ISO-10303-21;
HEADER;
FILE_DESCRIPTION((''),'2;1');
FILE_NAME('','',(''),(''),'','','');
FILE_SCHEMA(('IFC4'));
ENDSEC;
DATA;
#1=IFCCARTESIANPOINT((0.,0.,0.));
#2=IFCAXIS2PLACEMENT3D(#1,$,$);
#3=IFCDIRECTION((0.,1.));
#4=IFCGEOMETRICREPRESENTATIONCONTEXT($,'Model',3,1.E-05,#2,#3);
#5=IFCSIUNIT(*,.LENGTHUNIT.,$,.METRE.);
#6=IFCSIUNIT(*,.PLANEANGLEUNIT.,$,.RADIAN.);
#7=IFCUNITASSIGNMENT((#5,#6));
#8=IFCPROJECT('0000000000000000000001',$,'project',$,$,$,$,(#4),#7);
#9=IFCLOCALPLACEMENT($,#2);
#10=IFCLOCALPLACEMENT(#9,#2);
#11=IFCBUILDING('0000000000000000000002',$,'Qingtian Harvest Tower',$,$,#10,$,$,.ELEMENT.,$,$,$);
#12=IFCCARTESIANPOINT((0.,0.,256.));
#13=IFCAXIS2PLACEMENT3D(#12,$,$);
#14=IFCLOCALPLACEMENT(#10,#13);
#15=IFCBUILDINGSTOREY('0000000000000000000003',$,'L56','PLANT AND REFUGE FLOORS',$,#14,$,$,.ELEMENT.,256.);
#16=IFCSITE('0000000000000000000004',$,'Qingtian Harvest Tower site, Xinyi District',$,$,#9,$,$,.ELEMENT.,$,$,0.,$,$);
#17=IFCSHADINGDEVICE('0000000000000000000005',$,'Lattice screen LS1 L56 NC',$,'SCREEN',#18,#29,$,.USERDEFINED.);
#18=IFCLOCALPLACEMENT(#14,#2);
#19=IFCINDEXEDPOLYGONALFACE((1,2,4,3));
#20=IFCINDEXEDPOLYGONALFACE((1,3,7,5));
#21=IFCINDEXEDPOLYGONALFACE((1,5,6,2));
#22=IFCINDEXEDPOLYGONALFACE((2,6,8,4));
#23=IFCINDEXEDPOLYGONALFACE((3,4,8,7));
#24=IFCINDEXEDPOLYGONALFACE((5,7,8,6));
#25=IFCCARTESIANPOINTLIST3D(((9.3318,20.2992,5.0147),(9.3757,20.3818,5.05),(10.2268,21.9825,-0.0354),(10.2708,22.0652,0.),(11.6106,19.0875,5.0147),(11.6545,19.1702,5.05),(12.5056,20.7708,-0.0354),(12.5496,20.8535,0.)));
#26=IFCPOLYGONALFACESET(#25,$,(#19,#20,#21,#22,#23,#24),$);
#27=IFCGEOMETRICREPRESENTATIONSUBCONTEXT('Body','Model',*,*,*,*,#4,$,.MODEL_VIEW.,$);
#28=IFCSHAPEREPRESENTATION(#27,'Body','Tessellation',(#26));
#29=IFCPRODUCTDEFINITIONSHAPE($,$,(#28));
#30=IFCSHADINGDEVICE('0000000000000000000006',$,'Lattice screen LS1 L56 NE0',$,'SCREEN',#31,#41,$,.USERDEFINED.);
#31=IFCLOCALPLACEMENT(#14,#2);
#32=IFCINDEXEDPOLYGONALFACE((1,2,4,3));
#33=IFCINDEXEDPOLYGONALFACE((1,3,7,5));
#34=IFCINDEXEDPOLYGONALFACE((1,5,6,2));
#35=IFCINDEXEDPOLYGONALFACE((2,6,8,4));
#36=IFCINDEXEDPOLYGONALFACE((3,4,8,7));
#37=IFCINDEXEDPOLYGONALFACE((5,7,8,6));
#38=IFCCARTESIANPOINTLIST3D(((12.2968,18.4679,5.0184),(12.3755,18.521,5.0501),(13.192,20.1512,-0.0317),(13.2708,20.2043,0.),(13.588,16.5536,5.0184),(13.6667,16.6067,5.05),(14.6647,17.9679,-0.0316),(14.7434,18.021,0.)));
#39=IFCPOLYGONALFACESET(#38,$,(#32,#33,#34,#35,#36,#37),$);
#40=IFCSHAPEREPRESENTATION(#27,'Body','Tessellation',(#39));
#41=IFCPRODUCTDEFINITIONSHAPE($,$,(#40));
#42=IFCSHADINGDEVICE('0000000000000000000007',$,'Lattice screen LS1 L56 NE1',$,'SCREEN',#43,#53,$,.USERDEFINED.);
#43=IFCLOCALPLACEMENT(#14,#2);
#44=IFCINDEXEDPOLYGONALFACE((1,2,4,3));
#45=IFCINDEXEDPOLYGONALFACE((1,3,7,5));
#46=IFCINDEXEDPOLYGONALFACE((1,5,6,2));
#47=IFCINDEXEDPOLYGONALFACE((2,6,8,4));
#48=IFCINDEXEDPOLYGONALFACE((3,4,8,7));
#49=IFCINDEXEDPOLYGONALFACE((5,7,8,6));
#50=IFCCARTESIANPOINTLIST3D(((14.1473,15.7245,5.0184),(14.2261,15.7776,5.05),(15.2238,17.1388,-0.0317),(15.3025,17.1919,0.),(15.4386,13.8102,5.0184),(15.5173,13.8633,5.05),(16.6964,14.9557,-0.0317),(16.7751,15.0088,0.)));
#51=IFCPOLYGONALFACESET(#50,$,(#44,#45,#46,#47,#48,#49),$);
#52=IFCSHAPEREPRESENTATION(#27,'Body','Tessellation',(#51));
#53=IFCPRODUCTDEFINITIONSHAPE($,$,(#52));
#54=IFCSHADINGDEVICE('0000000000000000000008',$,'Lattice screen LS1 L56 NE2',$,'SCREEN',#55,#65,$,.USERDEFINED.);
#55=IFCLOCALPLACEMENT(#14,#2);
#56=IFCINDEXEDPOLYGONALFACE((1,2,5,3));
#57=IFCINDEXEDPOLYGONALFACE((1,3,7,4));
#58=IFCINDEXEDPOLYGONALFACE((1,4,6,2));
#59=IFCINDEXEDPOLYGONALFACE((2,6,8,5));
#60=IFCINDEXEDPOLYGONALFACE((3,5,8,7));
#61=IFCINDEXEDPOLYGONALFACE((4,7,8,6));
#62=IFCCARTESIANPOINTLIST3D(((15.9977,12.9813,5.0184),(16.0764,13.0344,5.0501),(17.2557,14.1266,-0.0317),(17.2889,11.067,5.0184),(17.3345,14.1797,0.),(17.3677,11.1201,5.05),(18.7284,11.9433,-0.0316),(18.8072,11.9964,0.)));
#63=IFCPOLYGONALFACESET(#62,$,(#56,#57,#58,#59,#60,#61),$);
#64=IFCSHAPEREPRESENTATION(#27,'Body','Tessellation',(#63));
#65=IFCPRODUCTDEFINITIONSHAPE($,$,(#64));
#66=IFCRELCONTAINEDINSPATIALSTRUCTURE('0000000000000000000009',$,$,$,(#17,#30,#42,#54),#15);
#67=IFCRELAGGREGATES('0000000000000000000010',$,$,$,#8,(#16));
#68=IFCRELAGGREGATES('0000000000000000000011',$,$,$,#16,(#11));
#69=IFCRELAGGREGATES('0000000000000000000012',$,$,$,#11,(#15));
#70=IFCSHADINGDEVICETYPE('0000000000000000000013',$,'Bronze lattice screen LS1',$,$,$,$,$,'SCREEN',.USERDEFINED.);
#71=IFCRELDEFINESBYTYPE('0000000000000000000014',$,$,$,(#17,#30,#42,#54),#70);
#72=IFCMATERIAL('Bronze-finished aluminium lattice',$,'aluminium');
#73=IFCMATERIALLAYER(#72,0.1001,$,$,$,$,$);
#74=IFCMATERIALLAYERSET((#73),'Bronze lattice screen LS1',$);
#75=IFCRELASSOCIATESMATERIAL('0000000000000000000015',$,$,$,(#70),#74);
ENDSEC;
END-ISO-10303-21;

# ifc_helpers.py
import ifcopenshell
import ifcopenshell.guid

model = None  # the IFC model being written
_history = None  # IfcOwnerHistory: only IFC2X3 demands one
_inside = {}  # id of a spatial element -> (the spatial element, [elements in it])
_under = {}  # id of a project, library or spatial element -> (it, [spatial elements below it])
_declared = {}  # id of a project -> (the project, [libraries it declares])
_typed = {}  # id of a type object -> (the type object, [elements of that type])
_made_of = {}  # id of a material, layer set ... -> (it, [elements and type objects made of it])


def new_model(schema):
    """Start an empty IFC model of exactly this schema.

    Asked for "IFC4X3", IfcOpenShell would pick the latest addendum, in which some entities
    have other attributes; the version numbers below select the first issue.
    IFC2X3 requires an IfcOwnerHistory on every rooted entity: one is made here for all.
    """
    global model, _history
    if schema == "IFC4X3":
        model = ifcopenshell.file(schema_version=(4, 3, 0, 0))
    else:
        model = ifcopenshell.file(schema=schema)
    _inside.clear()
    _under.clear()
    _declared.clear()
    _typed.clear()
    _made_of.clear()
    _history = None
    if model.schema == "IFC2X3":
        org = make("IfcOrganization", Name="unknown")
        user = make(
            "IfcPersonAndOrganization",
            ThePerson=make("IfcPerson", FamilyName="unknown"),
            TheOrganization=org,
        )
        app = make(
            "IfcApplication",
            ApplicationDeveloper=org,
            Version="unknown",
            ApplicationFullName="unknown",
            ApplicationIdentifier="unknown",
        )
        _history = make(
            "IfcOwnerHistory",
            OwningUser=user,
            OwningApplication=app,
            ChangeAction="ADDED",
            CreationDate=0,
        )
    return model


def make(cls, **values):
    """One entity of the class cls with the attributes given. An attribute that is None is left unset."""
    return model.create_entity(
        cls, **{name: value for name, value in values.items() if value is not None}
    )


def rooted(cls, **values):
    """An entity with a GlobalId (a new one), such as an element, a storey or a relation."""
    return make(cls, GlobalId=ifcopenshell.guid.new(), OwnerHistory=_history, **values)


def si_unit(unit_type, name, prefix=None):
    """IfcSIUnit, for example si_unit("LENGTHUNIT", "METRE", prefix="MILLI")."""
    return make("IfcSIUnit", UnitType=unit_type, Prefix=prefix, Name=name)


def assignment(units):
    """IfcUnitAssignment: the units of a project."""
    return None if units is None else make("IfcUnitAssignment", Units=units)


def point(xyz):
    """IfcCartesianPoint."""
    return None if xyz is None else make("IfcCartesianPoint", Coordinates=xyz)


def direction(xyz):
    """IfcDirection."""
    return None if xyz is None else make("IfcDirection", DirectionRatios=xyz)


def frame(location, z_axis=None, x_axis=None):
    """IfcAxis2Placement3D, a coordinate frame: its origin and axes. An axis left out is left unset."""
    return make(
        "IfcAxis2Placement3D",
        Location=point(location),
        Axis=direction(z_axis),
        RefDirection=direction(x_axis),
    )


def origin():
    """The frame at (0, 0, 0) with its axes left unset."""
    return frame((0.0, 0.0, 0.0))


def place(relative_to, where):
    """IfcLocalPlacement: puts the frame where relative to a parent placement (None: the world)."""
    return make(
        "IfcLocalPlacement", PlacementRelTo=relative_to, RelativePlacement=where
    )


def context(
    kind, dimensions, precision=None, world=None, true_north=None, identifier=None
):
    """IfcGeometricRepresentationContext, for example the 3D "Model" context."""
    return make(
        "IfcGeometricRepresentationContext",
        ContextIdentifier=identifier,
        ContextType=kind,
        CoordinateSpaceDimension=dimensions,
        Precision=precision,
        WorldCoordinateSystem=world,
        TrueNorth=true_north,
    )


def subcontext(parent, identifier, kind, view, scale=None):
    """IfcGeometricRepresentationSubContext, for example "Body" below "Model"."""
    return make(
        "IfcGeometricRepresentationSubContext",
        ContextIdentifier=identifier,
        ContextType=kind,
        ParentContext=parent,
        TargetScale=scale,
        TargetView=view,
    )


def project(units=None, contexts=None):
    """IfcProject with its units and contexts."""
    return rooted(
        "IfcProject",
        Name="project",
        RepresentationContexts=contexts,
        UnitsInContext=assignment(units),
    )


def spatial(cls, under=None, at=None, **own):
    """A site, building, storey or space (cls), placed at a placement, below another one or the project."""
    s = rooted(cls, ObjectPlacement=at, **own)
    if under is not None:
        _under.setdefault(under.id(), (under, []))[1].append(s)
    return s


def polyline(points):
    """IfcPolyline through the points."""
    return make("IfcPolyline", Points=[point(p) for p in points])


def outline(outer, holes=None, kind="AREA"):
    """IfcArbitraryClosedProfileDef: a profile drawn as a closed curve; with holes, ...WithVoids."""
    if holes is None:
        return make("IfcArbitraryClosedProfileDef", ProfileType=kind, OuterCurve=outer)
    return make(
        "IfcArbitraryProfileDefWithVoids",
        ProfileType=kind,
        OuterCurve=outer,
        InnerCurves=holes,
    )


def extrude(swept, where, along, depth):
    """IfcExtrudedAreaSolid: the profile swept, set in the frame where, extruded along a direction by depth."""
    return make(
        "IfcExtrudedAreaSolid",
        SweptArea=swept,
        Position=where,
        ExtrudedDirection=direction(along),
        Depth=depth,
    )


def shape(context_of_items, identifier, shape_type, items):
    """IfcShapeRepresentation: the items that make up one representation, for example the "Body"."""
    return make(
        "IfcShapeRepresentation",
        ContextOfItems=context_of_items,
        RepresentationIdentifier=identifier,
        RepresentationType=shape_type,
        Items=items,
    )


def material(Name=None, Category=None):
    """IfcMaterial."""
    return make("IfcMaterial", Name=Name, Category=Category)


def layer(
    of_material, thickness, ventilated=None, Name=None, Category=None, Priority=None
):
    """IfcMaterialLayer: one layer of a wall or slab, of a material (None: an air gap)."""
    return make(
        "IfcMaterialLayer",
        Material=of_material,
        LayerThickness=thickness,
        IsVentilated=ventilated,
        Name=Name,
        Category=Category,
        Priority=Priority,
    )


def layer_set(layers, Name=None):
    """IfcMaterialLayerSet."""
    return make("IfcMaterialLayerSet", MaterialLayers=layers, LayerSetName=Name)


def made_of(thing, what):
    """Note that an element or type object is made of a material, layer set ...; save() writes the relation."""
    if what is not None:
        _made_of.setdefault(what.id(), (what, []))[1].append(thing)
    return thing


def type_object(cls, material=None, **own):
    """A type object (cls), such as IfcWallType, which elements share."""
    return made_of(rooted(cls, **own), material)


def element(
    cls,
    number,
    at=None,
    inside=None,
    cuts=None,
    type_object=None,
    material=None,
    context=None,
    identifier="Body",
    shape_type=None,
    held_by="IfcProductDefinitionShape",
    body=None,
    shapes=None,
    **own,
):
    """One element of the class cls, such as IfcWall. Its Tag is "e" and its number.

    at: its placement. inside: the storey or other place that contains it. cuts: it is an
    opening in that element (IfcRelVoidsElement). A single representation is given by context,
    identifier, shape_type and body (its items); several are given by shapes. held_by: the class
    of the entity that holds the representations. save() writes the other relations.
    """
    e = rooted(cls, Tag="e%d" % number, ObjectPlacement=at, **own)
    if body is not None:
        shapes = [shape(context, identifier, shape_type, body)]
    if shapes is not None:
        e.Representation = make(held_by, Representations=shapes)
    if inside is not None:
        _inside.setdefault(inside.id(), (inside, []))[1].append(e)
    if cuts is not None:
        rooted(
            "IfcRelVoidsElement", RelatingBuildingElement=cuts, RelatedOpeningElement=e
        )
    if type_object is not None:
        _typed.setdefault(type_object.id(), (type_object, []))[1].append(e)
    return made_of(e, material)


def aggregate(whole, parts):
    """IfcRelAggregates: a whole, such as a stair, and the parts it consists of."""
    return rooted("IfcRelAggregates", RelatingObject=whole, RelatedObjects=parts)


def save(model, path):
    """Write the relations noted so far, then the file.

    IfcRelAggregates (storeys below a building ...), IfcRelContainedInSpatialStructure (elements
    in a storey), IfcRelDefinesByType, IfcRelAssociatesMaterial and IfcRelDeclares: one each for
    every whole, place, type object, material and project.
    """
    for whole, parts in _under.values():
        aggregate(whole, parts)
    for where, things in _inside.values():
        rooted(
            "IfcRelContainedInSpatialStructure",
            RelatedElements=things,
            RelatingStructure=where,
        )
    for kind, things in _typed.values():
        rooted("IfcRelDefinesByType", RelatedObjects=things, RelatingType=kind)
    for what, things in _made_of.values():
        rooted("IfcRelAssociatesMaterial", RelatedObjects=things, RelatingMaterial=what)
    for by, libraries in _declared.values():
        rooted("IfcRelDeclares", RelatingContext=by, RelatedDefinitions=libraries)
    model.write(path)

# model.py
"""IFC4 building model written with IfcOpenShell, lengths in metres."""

from ifc_helpers import new_model, si_unit, direction, frame, origin, place, context, subcontext, project, spatial, polyline, outline, extrude, material, layer, layer_set, type_object, element, save


model = new_model("IFC4")

# Units and contexts
model_context = context("Model", 3, precision=1e-05, world=origin(), true_north=direction((0.0, 1.0)))
body_context = subcontext(model_context, "Body", "Model", "MODEL_VIEW")
ifc_project = project(units=[si_unit("LENGTHUNIT", "METRE"), si_unit("PLANEANGLEUNIT", "RADIAN")], contexts=[model_context])

# Site, building, storey
site_placement = place(None, origin())
site = spatial("IfcSite", under=ifc_project, at=site_placement, Name="Qingtian Harvest Tower site, Xinyi District", CompositionType="ELEMENT", RefElevation=0.0)
building_placement = place(site_placement, origin())
building = spatial("IfcBuilding", under=site, at=building_placement, Name="Qingtian Harvest Tower", CompositionType="ELEMENT")
storey_placement = place(building_placement, frame((0.0, 0.0, 256.0)))
storey = spatial("IfcBuildingStorey", under=building, at=storey_placement, Name="L56", Description="PLANT AND REFUGE FLOORS", CompositionType="ELEMENT", Elevation=256.0)

# Shading devices
ifc_material_1 = material(Name="Bronze-finished aluminium lattice", Category="aluminium")
ifc_layer_1 = layer(ifc_material_1, 0.1001)
ifc_layer_set_1 = layer_set([ifc_layer_1], Name="Bronze lattice screen LS1")
shading_device_type = type_object("IfcShadingDeviceType", Name="Bronze lattice screen LS1", ElementType="SCREEN", PredefinedType="USERDEFINED", material=ifc_layer_set_1)
shading_device_1_placement = place(storey_placement, frame((10.2708, 22.0652, 0.0), z_axis=(0.439217, 0.826042, 0.35319), x_axis=(0.882947, -0.469473, 0.0)))
element("IfcShadingDevice", 1, at=shading_device_1_placement, inside=storey, type_object=shading_device_type, Name="Lattice screen LS1 L56 NC", ObjectType="SCREEN", PredefinedType="USERDEFINED", context=body_context, shape_type="SweptSolid", body=[
    extrude(outline(polyline([(0.0, 0.0), (2.5809, 0.0), (2.5809, -5.3979), (0.0, -5.3979), (0.0, 0.0)])), origin(), (0.0, 0.0, -1.0), 0.1001),
])
shading_device_2_placement = place(storey_placement, frame((13.2708, 20.2043, 0.0), z_axis=(0.786486, 0.530494, 0.316252), x_axis=(0.559194, -0.829037, 0.000004)))
element("IfcShadingDevice", 2, at=shading_device_2_placement, inside=storey, type_object=shading_device_type, Name="Lattice screen LS1 L56 NE0", ObjectType="SCREEN", PredefinedType="USERDEFINED", context=body_context, shape_type="SweptSolid", body=[
    extrude(outline(polyline([(0.0, 0.0), (2.6336, 0.0), (3.204, -5.3233), (0.895, -5.3233), (0.0, 0.0)])), origin(), (0.0, 0.0, -1.0), 0.1001),
])
shading_device_3_placement = place(storey_placement, frame((15.3025, 17.1919, 0.0), z_axis=(0.78648, 0.530522, 0.316221), x_axis=(0.559218, -0.82902, -0.000004)))
element("IfcShadingDevice", 3, at=shading_device_3_placement, inside=storey, type_object=shading_device_type, Name="Lattice screen LS1 L56 NE1", ObjectType="SCREEN", PredefinedType="USERDEFINED", context=body_context, shape_type="SweptSolid", body=[
    extrude(outline(polyline([(0.0, 0.0), (2.6334, 0.0), (2.8796, -5.3232), (0.5705, -5.3232), (0.0, 0.0)])), origin(), (0.0, 0.0, -1.0), 0.1001),
])
shading_device_4_placement = place(storey_placement, frame((17.3345, 14.1797, 0.0), z_axis=(0.786492, 0.530498, 0.316231), x_axis=(0.559194, -0.829037, 0.000004)))
element("IfcShadingDevice", 4, at=shading_device_4_placement, inside=storey, type_object=shading_device_type, Name="Lattice screen LS1 L56 NE2", ObjectType="SCREEN", PredefinedType="USERDEFINED", context=body_context, shape_type="SweptSolid", body=[
    extrude(outline(polyline([(0.0, 0.0), (2.6336, 0.0), (2.5551, -5.3232), (0.246, -5.3232), (0.0, 0.0)])), origin(), (0.0, 0.0, -1.0), 0.1001),
])

save(model, "model.ifc")
